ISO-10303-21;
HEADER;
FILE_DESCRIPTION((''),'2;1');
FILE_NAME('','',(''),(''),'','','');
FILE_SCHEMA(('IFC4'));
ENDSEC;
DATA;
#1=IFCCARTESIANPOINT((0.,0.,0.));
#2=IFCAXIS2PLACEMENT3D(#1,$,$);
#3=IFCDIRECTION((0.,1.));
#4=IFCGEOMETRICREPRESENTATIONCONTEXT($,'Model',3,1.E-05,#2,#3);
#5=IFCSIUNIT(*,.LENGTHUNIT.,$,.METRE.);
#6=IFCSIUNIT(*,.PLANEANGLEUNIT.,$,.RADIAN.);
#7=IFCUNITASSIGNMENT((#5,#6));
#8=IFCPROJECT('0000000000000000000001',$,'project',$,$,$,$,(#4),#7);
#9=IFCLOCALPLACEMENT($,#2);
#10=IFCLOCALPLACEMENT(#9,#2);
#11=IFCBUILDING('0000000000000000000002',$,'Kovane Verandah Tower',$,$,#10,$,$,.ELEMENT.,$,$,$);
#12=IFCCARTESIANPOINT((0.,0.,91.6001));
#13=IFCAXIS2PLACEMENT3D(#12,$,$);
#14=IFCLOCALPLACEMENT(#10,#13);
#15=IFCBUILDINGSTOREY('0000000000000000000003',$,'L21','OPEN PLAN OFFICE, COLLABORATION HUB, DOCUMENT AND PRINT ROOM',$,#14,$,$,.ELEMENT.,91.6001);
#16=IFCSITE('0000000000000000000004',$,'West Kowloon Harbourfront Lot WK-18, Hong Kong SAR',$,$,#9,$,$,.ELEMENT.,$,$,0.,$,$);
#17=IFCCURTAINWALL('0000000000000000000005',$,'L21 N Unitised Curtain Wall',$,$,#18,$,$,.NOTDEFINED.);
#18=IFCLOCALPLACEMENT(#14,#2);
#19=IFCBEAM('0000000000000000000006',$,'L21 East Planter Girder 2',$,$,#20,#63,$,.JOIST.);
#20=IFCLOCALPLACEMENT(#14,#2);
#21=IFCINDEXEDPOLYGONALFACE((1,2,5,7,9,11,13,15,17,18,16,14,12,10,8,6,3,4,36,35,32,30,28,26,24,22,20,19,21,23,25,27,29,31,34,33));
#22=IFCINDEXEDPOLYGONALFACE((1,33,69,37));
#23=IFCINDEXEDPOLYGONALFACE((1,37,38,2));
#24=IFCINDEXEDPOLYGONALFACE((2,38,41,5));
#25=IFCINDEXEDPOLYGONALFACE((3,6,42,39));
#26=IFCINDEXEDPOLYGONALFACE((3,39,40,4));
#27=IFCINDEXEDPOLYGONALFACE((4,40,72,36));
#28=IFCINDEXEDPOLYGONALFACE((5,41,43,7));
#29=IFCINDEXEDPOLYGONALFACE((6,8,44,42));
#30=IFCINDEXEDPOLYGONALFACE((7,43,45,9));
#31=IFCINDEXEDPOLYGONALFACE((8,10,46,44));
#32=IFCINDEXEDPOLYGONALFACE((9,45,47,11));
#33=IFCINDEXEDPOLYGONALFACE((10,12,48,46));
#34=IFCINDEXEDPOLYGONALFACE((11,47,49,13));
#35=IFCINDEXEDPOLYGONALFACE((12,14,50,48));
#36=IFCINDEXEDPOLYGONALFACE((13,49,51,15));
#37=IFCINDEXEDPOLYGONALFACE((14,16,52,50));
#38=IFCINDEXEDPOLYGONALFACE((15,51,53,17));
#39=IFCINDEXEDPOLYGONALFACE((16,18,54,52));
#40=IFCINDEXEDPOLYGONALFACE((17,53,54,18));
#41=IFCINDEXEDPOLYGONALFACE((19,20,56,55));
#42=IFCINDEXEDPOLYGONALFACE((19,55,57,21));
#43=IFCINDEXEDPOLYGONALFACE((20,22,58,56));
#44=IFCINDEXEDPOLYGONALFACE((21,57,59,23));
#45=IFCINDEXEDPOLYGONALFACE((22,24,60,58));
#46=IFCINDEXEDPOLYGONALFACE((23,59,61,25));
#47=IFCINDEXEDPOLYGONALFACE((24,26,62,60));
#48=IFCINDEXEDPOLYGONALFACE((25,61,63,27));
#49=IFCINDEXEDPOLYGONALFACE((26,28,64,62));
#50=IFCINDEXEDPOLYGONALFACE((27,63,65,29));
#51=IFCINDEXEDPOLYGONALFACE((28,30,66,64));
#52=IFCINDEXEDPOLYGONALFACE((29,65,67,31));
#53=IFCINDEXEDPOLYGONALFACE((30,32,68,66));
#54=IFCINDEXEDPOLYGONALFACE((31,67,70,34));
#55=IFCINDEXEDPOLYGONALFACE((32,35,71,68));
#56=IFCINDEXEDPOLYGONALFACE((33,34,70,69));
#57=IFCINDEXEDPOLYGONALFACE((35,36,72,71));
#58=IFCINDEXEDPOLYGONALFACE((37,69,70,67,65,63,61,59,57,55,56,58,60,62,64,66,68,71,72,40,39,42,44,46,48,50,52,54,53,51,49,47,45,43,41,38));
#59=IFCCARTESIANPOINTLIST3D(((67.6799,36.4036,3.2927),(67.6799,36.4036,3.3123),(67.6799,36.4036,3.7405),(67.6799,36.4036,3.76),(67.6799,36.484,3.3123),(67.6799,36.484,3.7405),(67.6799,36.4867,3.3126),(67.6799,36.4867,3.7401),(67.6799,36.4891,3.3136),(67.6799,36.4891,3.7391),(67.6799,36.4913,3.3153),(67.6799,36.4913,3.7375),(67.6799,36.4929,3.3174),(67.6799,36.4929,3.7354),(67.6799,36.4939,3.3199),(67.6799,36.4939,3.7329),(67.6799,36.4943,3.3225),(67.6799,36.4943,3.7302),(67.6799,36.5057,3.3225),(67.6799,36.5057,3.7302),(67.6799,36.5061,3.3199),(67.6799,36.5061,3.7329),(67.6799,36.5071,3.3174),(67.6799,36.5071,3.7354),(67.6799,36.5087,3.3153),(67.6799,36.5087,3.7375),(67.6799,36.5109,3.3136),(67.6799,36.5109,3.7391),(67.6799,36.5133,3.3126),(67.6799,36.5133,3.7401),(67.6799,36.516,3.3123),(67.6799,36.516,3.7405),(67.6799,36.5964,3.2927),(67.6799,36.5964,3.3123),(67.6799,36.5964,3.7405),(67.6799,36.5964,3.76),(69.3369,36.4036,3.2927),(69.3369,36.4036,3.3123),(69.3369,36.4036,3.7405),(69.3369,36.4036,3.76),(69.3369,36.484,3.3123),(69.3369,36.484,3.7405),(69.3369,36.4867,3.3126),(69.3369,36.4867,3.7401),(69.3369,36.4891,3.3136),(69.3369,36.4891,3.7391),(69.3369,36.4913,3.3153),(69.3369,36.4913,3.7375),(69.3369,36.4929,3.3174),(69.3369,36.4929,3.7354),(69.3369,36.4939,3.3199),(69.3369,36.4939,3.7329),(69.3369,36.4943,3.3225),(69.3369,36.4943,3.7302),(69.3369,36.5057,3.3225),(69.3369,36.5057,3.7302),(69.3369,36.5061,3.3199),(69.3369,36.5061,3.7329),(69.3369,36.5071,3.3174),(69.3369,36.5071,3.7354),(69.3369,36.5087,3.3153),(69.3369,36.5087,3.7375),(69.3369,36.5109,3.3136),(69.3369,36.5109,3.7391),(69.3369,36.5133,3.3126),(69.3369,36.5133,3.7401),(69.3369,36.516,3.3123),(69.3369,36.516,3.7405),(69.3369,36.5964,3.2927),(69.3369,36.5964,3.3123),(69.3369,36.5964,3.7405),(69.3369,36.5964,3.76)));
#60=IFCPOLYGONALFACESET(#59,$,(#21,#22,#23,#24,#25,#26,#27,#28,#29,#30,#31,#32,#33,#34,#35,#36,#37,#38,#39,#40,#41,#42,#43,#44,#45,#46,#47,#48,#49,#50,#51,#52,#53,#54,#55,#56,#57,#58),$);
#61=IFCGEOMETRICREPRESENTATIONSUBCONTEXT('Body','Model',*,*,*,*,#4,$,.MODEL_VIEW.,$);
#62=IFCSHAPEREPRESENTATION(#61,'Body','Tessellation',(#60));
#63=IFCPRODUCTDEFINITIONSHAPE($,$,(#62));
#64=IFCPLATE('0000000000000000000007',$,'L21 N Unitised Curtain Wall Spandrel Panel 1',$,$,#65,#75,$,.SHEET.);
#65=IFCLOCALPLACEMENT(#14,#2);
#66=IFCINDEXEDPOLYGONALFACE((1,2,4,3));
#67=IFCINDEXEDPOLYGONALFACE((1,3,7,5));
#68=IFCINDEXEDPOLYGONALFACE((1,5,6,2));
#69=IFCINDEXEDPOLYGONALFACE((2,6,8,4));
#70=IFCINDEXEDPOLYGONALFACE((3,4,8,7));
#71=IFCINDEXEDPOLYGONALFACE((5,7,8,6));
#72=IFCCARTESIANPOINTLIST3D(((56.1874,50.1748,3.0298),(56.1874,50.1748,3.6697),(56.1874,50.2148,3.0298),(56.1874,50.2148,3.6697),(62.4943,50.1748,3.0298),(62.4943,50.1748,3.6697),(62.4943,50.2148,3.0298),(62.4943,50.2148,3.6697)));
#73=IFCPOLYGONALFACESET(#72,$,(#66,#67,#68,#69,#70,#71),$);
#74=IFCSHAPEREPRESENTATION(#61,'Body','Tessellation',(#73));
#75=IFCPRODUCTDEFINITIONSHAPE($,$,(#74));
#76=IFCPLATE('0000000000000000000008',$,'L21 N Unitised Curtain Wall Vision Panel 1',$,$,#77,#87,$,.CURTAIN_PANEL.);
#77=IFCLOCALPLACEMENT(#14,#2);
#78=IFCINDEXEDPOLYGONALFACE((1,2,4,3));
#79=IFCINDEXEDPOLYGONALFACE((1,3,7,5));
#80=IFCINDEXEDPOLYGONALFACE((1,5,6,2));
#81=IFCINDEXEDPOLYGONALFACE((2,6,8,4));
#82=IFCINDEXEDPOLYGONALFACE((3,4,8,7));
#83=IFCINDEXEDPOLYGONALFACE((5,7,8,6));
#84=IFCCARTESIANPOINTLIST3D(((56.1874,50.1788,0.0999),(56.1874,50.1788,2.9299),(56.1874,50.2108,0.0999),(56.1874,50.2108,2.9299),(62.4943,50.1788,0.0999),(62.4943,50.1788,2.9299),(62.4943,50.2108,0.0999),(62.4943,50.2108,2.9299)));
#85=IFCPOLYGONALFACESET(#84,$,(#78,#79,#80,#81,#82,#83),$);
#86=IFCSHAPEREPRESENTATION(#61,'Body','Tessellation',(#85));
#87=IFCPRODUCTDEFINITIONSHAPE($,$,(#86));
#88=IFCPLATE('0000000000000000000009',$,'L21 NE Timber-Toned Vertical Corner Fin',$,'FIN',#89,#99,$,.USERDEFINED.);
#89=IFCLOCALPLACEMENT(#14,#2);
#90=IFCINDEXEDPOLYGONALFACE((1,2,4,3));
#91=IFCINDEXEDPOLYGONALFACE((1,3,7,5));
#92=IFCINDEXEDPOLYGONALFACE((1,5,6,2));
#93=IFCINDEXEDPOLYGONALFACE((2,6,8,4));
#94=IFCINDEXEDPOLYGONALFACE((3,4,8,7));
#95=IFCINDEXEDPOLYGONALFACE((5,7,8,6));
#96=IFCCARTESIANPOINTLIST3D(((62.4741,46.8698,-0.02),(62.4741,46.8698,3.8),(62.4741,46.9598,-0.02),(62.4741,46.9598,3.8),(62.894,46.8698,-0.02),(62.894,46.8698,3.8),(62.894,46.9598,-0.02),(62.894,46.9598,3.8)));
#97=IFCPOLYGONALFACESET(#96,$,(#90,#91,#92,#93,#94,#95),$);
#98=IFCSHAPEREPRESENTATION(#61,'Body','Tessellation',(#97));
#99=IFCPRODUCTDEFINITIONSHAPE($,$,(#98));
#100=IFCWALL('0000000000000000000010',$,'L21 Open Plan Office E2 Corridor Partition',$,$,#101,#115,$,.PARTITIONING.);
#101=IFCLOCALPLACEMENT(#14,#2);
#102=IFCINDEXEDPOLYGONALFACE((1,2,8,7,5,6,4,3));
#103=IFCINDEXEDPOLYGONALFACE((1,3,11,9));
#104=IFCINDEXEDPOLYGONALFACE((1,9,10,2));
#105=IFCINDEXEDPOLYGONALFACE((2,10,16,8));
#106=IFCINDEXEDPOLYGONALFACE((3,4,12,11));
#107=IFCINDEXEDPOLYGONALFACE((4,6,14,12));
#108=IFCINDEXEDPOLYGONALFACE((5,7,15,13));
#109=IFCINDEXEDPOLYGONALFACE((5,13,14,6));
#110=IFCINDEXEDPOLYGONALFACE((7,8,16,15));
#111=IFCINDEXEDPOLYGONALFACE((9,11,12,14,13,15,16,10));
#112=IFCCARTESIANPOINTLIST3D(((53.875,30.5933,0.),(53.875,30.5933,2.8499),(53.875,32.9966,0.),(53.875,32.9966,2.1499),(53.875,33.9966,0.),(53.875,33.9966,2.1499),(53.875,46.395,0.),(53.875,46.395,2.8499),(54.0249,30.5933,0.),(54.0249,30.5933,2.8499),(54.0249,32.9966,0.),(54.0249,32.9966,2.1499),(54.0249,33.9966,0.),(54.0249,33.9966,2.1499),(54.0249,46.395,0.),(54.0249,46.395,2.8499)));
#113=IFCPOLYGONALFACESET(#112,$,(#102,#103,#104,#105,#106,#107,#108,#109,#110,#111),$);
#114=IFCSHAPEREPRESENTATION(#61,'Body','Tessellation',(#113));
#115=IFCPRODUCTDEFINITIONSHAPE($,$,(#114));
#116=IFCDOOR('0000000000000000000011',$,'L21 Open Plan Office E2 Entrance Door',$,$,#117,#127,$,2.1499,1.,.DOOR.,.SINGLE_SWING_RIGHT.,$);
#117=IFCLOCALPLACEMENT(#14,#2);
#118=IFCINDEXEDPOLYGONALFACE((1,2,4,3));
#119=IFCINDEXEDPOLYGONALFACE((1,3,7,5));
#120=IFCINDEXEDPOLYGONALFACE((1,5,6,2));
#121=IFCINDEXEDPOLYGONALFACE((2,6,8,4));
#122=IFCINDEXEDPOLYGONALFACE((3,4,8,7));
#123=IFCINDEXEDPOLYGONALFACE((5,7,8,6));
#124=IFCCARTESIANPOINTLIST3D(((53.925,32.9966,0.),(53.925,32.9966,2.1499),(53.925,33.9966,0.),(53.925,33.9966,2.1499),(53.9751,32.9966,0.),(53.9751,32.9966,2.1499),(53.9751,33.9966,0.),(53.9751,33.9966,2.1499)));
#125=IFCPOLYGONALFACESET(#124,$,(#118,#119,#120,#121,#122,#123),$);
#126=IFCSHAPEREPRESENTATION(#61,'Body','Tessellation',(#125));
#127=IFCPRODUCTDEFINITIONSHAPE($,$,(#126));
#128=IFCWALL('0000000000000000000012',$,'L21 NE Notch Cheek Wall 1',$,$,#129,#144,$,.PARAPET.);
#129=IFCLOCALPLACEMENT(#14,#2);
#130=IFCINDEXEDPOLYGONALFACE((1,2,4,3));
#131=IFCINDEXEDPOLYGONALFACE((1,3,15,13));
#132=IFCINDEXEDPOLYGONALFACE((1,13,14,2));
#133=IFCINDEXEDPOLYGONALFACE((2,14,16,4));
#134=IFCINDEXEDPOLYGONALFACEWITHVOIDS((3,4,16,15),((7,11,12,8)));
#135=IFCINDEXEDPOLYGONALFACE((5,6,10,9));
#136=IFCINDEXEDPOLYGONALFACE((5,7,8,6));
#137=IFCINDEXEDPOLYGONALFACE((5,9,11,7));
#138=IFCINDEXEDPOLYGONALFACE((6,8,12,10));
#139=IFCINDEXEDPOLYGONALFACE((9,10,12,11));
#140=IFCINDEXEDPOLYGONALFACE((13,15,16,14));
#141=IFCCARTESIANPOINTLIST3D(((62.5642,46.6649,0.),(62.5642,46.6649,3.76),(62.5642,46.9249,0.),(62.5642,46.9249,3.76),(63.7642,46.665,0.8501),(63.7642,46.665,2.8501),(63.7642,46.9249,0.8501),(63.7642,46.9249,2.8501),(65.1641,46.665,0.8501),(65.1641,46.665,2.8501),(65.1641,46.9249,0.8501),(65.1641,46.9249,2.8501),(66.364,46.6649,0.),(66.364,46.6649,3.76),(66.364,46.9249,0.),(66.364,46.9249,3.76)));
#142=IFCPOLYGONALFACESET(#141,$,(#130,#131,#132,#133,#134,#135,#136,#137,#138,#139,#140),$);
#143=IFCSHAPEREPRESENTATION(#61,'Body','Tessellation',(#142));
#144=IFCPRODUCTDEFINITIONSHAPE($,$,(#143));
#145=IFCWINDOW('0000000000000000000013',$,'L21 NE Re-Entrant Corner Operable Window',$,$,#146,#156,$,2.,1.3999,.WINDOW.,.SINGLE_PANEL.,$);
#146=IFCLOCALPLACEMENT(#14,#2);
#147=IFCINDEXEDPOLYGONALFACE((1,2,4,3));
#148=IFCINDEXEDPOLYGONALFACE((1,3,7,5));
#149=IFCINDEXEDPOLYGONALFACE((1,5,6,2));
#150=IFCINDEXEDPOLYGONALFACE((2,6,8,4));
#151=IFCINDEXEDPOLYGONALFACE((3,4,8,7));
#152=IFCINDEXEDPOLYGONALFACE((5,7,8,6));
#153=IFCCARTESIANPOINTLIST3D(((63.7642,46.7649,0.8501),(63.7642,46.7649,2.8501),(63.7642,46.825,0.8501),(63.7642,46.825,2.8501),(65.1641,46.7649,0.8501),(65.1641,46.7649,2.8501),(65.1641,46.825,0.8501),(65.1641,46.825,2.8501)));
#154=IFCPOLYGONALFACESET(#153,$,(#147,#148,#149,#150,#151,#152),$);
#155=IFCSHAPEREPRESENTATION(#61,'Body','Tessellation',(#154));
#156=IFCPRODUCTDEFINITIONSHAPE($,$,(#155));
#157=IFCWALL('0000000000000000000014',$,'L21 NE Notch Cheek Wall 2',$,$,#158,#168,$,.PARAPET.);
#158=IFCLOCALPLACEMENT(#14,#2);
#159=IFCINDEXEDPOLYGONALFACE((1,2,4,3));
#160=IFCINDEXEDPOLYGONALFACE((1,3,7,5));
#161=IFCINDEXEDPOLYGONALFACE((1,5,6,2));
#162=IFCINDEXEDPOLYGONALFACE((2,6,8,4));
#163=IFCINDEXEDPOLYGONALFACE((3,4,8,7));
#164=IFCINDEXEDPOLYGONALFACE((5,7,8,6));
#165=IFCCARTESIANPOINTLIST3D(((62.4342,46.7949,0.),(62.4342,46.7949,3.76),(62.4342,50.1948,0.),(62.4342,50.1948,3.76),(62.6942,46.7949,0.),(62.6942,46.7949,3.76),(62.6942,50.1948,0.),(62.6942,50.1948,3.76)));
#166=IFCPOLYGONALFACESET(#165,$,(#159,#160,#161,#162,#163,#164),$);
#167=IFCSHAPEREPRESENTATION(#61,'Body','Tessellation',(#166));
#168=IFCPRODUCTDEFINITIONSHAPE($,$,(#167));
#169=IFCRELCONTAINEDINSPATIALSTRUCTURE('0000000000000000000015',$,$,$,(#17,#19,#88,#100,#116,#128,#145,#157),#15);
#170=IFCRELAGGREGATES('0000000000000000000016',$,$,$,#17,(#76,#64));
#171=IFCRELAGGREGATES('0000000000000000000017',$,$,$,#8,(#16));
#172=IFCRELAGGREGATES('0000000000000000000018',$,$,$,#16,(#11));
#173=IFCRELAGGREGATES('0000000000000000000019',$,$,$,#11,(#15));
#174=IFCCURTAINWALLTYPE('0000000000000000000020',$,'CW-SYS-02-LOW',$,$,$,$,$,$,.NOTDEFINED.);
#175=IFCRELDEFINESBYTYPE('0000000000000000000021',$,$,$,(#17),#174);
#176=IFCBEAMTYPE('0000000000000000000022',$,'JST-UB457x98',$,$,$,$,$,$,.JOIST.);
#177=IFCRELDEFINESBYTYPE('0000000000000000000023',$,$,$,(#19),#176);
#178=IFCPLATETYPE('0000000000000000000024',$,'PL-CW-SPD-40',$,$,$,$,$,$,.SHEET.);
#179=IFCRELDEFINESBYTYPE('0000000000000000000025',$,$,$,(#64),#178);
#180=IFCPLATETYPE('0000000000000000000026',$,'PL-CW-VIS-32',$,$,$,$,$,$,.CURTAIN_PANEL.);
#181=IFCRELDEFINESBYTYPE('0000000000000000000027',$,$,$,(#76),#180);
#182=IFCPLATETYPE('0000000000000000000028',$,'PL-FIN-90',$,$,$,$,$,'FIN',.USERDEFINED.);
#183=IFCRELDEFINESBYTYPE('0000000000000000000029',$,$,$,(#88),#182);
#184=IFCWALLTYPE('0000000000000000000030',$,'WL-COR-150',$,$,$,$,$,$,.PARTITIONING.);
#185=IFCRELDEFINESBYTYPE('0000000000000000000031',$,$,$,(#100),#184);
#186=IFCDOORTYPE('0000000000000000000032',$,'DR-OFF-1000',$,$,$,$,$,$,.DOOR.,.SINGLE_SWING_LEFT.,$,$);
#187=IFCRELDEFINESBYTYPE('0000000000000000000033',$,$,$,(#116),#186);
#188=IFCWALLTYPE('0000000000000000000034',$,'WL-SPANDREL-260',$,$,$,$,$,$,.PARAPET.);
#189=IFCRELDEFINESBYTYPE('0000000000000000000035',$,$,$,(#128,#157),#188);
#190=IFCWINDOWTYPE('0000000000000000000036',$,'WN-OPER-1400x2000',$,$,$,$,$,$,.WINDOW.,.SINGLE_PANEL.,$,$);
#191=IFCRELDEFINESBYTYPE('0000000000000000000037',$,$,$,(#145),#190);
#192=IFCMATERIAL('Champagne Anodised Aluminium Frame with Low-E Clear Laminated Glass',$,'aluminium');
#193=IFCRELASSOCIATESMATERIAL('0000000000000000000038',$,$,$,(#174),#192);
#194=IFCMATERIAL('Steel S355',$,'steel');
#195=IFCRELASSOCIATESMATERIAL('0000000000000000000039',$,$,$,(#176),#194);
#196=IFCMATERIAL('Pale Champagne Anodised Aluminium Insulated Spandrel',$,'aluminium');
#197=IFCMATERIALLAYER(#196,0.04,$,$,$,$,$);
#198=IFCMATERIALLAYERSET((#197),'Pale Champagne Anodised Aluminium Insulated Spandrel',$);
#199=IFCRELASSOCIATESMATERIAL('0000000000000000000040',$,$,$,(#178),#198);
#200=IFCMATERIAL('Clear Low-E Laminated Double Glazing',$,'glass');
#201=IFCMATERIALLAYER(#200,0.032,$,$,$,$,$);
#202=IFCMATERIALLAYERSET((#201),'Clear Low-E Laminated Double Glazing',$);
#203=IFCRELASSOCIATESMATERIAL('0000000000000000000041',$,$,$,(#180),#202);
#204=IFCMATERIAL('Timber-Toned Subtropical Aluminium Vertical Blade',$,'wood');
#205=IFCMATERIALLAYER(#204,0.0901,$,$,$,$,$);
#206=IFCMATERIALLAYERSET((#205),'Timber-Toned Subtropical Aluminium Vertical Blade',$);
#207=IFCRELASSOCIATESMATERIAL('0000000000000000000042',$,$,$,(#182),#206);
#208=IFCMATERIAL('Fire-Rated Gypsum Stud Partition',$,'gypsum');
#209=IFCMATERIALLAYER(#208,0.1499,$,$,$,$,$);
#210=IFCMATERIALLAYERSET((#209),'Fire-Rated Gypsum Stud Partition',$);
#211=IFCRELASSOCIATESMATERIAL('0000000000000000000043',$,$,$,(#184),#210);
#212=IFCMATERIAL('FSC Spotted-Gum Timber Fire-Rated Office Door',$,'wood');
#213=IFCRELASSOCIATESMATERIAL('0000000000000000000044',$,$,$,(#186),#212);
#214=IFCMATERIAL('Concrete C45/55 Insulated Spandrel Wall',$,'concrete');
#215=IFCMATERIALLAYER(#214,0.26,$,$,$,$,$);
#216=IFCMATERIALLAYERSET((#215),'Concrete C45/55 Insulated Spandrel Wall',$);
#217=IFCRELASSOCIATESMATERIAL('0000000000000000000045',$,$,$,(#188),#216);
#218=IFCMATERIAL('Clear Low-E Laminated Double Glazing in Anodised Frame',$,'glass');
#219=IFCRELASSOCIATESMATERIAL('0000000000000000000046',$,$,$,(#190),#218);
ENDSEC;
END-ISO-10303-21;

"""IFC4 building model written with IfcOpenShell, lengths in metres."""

from ifc_helpers import new_model, si_unit, direction, frame, frame_2d, origin, origin_2d, place, context, subcontext, project, spatial, rectangle, i_section, extrude, material, layer, layer_set, material_profile, profile_set, type_object, element, fill, aggregate, save


model = new_model("IFC4")

# Units and contexts
model_context = context("Model", 3, precision=1e-05, world=origin(), true_north=direction((0.0, 1.0)))
body_context = subcontext(model_context, "Body", "Model", "MODEL_VIEW")
ifc_project = project(units=[si_unit("LENGTHUNIT", "METRE"), si_unit("PLANEANGLEUNIT", "RADIAN")], contexts=[model_context])

# Site, building, storey
site_placement = place(None, origin())
site = spatial("IfcSite", under=ifc_project, at=site_placement, Name="West Kowloon Harbourfront Lot WK-18, Hong Kong SAR", CompositionType="ELEMENT", RefElevation=0.0)
building_placement = place(site_placement, origin())
building = spatial("IfcBuilding", under=site, at=building_placement, Name="Kovane Verandah Tower", CompositionType="ELEMENT")
storey_placement = place(building_placement, frame((0.0, 0.0, 91.6001)))
storey = spatial("IfcBuildingStorey", under=building, at=storey_placement, Name="L21", Description="OPEN PLAN OFFICE, COLLABORATION HUB, DOCUMENT AND PRINT ROOM", CompositionType="ELEMENT", Elevation=91.6001)

# Shared definitions
ifc_material_1 = material(Name="Steel S355", Category="steel")

# Curtain wall
ifc_material_2 = material(Name="Champagne Anodised Aluminium Frame with Low-E Clear Laminated Glass", Category="aluminium")
curtain_wall_type = type_object("IfcCurtainWallType", Name="CW-SYS-02-LOW", PredefinedType="NOTDEFINED", material=ifc_material_2)
curtain_wall_placement = place(storey_placement, origin())
curtain_wall = element("IfcCurtainWall", 1, at=curtain_wall_placement, inside=storey, type_object=curtain_wall_type, Name="L21 N Unitised Curtain Wall", PredefinedType="NOTDEFINED")

# Beam
ifc_material_profile_1 = material_profile(ifc_material_1, i_section(OverallWidth=0.1929, OverallDepth=0.4673, WebThickness=0.0115, FlangeThickness=0.0195, FilletRadius=0.0103, at=origin_2d()), Name="UB457x191x98")
ifc_profile_set_1 = profile_set([ifc_material_profile_1], Name="Steel S355")
beam_type_1 = type_object("IfcBeamType", Name="JST-UB457x98", PredefinedType="JOIST", material=ifc_profile_set_1)
beam_1_placement = place(storey_placement, frame((67.6799, 36.5, 3.5264), z_axis=(1.0, 0.0, 0.0), x_axis=(0.0, 1.0, 0.0)))
element("IfcBeam", 2, at=beam_1_placement, inside=storey, type_object=beam_type_1, Name="L21 East Planter Girder 2", PredefinedType="JOIST", context=body_context, shape_type="SweptSolid", body=[
    extrude(i_section(OverallWidth=0.1929, OverallDepth=0.4673, WebThickness=0.0115, FlangeThickness=0.0195, FilletRadius=0.0103, at=origin_2d()), origin(), (0.0, 0.0, 1.0), 1.657),
])

# Plates
ifc_material_3 = material(Name="Pale Champagne Anodised Aluminium Insulated Spandrel", Category="aluminium")
ifc_layer_1 = layer(ifc_material_3, 0.04)
ifc_layer_set_1 = layer_set([ifc_layer_1], Name="Pale Champagne Anodised Aluminium Insulated Spandrel")
plate_type_1 = type_object("IfcPlateType", Name="PL-CW-SPD-40", PredefinedType="SHEET", material=ifc_layer_set_1)
plate_1_placement = place(storey_placement, frame((59.3408, 50.1948, 3.0298), z_axis=(0.0, 0.0, 1.0), x_axis=(-1.0, 0.0, 0.0)))
plate_1 = element("IfcPlate", 3, at=plate_1_placement, type_object=plate_type_1, Name="L21 N Unitised Curtain Wall Spandrel Panel 1", PredefinedType="SHEET", context=body_context, shape_type="SweptSolid", body=[
    extrude(rectangle(XDim=6.3069, YDim=0.04, at=origin_2d()), origin(), (0.0, 0.0, 1.0), 0.6399),
])
ifc_material_4 = material(Name="Clear Low-E Laminated Double Glazing", Category="glass")
ifc_layer_2 = layer(ifc_material_4, 0.032)
ifc_layer_set_2 = layer_set([ifc_layer_2], Name="Clear Low-E Laminated Double Glazing")
plate_type_2 = type_object("IfcPlateType", Name="PL-CW-VIS-32", PredefinedType="CURTAIN_PANEL", material=ifc_layer_set_2)
plate_2_placement = place(storey_placement, frame((59.3408, 50.1948, 0.0999), z_axis=(0.0, 0.0, 1.0), x_axis=(-1.0, 0.0, 0.0)))
plate_2 = element("IfcPlate", 4, at=plate_2_placement, type_object=plate_type_2, Name="L21 N Unitised Curtain Wall Vision Panel 1", PredefinedType="CURTAIN_PANEL", context=body_context, shape_type="SweptSolid", body=[
    extrude(rectangle(XDim=6.3069, YDim=0.032, at=origin_2d()), origin(), (0.0, 0.0, 1.0), 2.8301),
])
aggregate(curtain_wall, [plate_2, plate_1])
ifc_material_5 = material(Name="Timber-Toned Subtropical Aluminium Vertical Blade", Category="wood")
ifc_layer_3 = layer(ifc_material_5, 0.0901)
ifc_layer_set_3 = layer_set([ifc_layer_3], Name="Timber-Toned Subtropical Aluminium Vertical Blade")
plate_type_3 = type_object("IfcPlateType", Name="PL-FIN-90", ElementType="FIN", PredefinedType="USERDEFINED", material=ifc_layer_set_3)
plate_3_placement = place(storey_placement, frame((62.6841, 46.9148, -0.02), z_axis=(0.0, 0.0, 1.0), x_axis=(1.0, 0.0, 0.0)))
element("IfcPlate", 5, at=plate_3_placement, inside=storey, type_object=plate_type_3, Name="L21 NE Timber-Toned Vertical Corner Fin", ObjectType="FIN", PredefinedType="USERDEFINED", context=body_context, shape_type="SweptSolid", body=[
    extrude(rectangle(XDim=0.4199, YDim=0.0901, at=origin_2d()), origin(), (0.0, 0.0, 1.0), 3.8201),
])

# Wall, opening, door
ifc_material_6 = material(Name="Fire-Rated Gypsum Stud Partition", Category="gypsum")
ifc_layer_4 = layer(ifc_material_6, 0.1499)
ifc_layer_set_4 = layer_set([ifc_layer_4], Name="Fire-Rated Gypsum Stud Partition")
wall_type_1 = type_object("IfcWallType", Name="WL-COR-150", PredefinedType="PARTITIONING", material=ifc_layer_set_4)
wall_1_placement = place(storey_placement, frame((53.95, 30.5933, 0.0), z_axis=(0.0, 0.0, 1.0), x_axis=(0.0, 1.0, 0.0)))
wall_1 = element("IfcWall", 6, at=wall_1_placement, inside=storey, type_object=wall_type_1, Name="L21 Open Plan Office E2 Corridor Partition", PredefinedType="PARTITIONING", context=body_context, shape_type="SweptSolid", body=[
    extrude(rectangle(XDim=15.8018, YDim=0.1499, at=frame_2d((7.9009, 0.0))), origin(), (0.0, 0.0, 1.0), 2.8499),
])
opening_1_placement = place(wall_1_placement, frame((2.4033, 0.0, 0.0)))
opening_1 = element("IfcOpeningElement", 7, at=opening_1_placement, cuts=wall_1, PredefinedType="OPENING", context=body_context, shape_type="SweptSolid", body=[
    extrude(rectangle(XDim=1.0, YDim=2.1499, at=frame_2d((0.5, 1.075))), frame((0.0, 0.075, 0.0), z_axis=(0.0, -1.0, 0.0), x_axis=(1.0, 0.0, 0.0)), (0.0, 0.0, 1.0), 0.1499),
])
ifc_material_7 = material(Name="FSC Spotted-Gum Timber Fire-Rated Office Door", Category="wood")
door_type = type_object("IfcDoorType", Name="DR-OFF-1000", OperationType="SINGLE_SWING_LEFT", PredefinedType="DOOR", material=ifc_material_7)
door_placement = place(opening_1_placement, origin())
door = element("IfcDoor", 8, at=door_placement, inside=storey, type_object=door_type, Name="L21 Open Plan Office E2 Entrance Door", OperationType="SINGLE_SWING_RIGHT", OverallHeight=2.1499, OverallWidth=1.0, PredefinedType="DOOR", context=body_context, shape_type="SweptSolid", body=[
    extrude(rectangle(XDim=1.0, YDim=2.1499, at=frame_2d((0.5, 1.075))), frame((0.0, 0.0249, 0.0), z_axis=(0.0, -1.0, 0.0), x_axis=(1.0, 0.0, 0.0)), (0.0, 0.0, 1.0), 0.05),
])
fill(opening_1, door)

# Wall, opening, window
ifc_material_8 = material(Name="Concrete C45/55 Insulated Spandrel Wall", Category="concrete")
ifc_layer_5 = layer(ifc_material_8, 0.26)
ifc_layer_set_5 = layer_set([ifc_layer_5], Name="Concrete C45/55 Insulated Spandrel Wall")
wall_type_2 = type_object("IfcWallType", Name="WL-SPANDREL-260", PredefinedType="PARAPET", material=ifc_layer_set_5)
wall_2_placement = place(storey_placement, frame((66.364, 46.7949, 0.0), z_axis=(0.0, 0.0, 1.0), x_axis=(-1.0, 0.0, 0.0)))
wall_2 = element("IfcWall", 9, at=wall_2_placement, inside=storey, type_object=wall_type_2, Name="L21 NE Notch Cheek Wall 1", PredefinedType="PARAPET", context=body_context, shape_type="SweptSolid", body=[
    extrude(rectangle(XDim=3.7998, YDim=0.26, at=frame_2d((1.8999, 0.0))), origin(), (0.0, 0.0, 1.0), 3.76),
])
opening_2_placement = place(wall_2_placement, frame((1.2, 0.0, 0.8501)))
opening_2 = element("IfcOpeningElement", 10, at=opening_2_placement, cuts=wall_2, PredefinedType="OPENING", context=body_context, shape_type="SweptSolid", body=[
    extrude(rectangle(XDim=1.3999, YDim=2.0, at=frame_2d((0.7, 1.0))), frame((0.0, 0.1299, 0.0), z_axis=(0.0, -1.0, 0.0), x_axis=(1.0, 0.0, 0.0)), (0.0, 0.0, 1.0), 0.26),
])
ifc_material_9 = material(Name="Clear Low-E Laminated Double Glazing in Anodised Frame", Category="glass")
window_type = type_object("IfcWindowType", Name="WN-OPER-1400x2000", PartitioningType="SINGLE_PANEL", PredefinedType="WINDOW", material=ifc_material_9)
window_placement = place(opening_2_placement, origin())
window = element("IfcWindow", 11, at=window_placement, inside=storey, type_object=window_type, Name="L21 NE Re-Entrant Corner Operable Window", OverallHeight=2.0, OverallWidth=1.3999, PartitioningType="SINGLE_PANEL", PredefinedType="WINDOW", context=body_context, shape_type="SweptSolid", body=[
    extrude(rectangle(XDim=1.3999, YDim=2.0, at=frame_2d((0.7, 1.0))), frame((0.0, 0.03, 0.0), z_axis=(0.0, -1.0, 0.0), x_axis=(1.0, 0.0, 0.0)), (0.0, 0.0, 1.0), 0.0601),
])
fill(opening_2, window)

# Wall
wall_3_placement = place(storey_placement, frame((62.5642, 46.7949, 0.0), z_axis=(0.0, 0.0, 1.0), x_axis=(0.0, 1.0, 0.0)))
element("IfcWall", 12, at=wall_3_placement, inside=storey, type_object=wall_type_2, Name="L21 NE Notch Cheek Wall 2", PredefinedType="PARAPET", context=body_context, shape_type="SweptSolid", body=[
    extrude(rectangle(XDim=3.3999, YDim=0.26, at=frame_2d((1.7, 0.0))), origin(), (0.0, 0.0, 1.0), 3.76),
])

save(model, "model.ifc")
